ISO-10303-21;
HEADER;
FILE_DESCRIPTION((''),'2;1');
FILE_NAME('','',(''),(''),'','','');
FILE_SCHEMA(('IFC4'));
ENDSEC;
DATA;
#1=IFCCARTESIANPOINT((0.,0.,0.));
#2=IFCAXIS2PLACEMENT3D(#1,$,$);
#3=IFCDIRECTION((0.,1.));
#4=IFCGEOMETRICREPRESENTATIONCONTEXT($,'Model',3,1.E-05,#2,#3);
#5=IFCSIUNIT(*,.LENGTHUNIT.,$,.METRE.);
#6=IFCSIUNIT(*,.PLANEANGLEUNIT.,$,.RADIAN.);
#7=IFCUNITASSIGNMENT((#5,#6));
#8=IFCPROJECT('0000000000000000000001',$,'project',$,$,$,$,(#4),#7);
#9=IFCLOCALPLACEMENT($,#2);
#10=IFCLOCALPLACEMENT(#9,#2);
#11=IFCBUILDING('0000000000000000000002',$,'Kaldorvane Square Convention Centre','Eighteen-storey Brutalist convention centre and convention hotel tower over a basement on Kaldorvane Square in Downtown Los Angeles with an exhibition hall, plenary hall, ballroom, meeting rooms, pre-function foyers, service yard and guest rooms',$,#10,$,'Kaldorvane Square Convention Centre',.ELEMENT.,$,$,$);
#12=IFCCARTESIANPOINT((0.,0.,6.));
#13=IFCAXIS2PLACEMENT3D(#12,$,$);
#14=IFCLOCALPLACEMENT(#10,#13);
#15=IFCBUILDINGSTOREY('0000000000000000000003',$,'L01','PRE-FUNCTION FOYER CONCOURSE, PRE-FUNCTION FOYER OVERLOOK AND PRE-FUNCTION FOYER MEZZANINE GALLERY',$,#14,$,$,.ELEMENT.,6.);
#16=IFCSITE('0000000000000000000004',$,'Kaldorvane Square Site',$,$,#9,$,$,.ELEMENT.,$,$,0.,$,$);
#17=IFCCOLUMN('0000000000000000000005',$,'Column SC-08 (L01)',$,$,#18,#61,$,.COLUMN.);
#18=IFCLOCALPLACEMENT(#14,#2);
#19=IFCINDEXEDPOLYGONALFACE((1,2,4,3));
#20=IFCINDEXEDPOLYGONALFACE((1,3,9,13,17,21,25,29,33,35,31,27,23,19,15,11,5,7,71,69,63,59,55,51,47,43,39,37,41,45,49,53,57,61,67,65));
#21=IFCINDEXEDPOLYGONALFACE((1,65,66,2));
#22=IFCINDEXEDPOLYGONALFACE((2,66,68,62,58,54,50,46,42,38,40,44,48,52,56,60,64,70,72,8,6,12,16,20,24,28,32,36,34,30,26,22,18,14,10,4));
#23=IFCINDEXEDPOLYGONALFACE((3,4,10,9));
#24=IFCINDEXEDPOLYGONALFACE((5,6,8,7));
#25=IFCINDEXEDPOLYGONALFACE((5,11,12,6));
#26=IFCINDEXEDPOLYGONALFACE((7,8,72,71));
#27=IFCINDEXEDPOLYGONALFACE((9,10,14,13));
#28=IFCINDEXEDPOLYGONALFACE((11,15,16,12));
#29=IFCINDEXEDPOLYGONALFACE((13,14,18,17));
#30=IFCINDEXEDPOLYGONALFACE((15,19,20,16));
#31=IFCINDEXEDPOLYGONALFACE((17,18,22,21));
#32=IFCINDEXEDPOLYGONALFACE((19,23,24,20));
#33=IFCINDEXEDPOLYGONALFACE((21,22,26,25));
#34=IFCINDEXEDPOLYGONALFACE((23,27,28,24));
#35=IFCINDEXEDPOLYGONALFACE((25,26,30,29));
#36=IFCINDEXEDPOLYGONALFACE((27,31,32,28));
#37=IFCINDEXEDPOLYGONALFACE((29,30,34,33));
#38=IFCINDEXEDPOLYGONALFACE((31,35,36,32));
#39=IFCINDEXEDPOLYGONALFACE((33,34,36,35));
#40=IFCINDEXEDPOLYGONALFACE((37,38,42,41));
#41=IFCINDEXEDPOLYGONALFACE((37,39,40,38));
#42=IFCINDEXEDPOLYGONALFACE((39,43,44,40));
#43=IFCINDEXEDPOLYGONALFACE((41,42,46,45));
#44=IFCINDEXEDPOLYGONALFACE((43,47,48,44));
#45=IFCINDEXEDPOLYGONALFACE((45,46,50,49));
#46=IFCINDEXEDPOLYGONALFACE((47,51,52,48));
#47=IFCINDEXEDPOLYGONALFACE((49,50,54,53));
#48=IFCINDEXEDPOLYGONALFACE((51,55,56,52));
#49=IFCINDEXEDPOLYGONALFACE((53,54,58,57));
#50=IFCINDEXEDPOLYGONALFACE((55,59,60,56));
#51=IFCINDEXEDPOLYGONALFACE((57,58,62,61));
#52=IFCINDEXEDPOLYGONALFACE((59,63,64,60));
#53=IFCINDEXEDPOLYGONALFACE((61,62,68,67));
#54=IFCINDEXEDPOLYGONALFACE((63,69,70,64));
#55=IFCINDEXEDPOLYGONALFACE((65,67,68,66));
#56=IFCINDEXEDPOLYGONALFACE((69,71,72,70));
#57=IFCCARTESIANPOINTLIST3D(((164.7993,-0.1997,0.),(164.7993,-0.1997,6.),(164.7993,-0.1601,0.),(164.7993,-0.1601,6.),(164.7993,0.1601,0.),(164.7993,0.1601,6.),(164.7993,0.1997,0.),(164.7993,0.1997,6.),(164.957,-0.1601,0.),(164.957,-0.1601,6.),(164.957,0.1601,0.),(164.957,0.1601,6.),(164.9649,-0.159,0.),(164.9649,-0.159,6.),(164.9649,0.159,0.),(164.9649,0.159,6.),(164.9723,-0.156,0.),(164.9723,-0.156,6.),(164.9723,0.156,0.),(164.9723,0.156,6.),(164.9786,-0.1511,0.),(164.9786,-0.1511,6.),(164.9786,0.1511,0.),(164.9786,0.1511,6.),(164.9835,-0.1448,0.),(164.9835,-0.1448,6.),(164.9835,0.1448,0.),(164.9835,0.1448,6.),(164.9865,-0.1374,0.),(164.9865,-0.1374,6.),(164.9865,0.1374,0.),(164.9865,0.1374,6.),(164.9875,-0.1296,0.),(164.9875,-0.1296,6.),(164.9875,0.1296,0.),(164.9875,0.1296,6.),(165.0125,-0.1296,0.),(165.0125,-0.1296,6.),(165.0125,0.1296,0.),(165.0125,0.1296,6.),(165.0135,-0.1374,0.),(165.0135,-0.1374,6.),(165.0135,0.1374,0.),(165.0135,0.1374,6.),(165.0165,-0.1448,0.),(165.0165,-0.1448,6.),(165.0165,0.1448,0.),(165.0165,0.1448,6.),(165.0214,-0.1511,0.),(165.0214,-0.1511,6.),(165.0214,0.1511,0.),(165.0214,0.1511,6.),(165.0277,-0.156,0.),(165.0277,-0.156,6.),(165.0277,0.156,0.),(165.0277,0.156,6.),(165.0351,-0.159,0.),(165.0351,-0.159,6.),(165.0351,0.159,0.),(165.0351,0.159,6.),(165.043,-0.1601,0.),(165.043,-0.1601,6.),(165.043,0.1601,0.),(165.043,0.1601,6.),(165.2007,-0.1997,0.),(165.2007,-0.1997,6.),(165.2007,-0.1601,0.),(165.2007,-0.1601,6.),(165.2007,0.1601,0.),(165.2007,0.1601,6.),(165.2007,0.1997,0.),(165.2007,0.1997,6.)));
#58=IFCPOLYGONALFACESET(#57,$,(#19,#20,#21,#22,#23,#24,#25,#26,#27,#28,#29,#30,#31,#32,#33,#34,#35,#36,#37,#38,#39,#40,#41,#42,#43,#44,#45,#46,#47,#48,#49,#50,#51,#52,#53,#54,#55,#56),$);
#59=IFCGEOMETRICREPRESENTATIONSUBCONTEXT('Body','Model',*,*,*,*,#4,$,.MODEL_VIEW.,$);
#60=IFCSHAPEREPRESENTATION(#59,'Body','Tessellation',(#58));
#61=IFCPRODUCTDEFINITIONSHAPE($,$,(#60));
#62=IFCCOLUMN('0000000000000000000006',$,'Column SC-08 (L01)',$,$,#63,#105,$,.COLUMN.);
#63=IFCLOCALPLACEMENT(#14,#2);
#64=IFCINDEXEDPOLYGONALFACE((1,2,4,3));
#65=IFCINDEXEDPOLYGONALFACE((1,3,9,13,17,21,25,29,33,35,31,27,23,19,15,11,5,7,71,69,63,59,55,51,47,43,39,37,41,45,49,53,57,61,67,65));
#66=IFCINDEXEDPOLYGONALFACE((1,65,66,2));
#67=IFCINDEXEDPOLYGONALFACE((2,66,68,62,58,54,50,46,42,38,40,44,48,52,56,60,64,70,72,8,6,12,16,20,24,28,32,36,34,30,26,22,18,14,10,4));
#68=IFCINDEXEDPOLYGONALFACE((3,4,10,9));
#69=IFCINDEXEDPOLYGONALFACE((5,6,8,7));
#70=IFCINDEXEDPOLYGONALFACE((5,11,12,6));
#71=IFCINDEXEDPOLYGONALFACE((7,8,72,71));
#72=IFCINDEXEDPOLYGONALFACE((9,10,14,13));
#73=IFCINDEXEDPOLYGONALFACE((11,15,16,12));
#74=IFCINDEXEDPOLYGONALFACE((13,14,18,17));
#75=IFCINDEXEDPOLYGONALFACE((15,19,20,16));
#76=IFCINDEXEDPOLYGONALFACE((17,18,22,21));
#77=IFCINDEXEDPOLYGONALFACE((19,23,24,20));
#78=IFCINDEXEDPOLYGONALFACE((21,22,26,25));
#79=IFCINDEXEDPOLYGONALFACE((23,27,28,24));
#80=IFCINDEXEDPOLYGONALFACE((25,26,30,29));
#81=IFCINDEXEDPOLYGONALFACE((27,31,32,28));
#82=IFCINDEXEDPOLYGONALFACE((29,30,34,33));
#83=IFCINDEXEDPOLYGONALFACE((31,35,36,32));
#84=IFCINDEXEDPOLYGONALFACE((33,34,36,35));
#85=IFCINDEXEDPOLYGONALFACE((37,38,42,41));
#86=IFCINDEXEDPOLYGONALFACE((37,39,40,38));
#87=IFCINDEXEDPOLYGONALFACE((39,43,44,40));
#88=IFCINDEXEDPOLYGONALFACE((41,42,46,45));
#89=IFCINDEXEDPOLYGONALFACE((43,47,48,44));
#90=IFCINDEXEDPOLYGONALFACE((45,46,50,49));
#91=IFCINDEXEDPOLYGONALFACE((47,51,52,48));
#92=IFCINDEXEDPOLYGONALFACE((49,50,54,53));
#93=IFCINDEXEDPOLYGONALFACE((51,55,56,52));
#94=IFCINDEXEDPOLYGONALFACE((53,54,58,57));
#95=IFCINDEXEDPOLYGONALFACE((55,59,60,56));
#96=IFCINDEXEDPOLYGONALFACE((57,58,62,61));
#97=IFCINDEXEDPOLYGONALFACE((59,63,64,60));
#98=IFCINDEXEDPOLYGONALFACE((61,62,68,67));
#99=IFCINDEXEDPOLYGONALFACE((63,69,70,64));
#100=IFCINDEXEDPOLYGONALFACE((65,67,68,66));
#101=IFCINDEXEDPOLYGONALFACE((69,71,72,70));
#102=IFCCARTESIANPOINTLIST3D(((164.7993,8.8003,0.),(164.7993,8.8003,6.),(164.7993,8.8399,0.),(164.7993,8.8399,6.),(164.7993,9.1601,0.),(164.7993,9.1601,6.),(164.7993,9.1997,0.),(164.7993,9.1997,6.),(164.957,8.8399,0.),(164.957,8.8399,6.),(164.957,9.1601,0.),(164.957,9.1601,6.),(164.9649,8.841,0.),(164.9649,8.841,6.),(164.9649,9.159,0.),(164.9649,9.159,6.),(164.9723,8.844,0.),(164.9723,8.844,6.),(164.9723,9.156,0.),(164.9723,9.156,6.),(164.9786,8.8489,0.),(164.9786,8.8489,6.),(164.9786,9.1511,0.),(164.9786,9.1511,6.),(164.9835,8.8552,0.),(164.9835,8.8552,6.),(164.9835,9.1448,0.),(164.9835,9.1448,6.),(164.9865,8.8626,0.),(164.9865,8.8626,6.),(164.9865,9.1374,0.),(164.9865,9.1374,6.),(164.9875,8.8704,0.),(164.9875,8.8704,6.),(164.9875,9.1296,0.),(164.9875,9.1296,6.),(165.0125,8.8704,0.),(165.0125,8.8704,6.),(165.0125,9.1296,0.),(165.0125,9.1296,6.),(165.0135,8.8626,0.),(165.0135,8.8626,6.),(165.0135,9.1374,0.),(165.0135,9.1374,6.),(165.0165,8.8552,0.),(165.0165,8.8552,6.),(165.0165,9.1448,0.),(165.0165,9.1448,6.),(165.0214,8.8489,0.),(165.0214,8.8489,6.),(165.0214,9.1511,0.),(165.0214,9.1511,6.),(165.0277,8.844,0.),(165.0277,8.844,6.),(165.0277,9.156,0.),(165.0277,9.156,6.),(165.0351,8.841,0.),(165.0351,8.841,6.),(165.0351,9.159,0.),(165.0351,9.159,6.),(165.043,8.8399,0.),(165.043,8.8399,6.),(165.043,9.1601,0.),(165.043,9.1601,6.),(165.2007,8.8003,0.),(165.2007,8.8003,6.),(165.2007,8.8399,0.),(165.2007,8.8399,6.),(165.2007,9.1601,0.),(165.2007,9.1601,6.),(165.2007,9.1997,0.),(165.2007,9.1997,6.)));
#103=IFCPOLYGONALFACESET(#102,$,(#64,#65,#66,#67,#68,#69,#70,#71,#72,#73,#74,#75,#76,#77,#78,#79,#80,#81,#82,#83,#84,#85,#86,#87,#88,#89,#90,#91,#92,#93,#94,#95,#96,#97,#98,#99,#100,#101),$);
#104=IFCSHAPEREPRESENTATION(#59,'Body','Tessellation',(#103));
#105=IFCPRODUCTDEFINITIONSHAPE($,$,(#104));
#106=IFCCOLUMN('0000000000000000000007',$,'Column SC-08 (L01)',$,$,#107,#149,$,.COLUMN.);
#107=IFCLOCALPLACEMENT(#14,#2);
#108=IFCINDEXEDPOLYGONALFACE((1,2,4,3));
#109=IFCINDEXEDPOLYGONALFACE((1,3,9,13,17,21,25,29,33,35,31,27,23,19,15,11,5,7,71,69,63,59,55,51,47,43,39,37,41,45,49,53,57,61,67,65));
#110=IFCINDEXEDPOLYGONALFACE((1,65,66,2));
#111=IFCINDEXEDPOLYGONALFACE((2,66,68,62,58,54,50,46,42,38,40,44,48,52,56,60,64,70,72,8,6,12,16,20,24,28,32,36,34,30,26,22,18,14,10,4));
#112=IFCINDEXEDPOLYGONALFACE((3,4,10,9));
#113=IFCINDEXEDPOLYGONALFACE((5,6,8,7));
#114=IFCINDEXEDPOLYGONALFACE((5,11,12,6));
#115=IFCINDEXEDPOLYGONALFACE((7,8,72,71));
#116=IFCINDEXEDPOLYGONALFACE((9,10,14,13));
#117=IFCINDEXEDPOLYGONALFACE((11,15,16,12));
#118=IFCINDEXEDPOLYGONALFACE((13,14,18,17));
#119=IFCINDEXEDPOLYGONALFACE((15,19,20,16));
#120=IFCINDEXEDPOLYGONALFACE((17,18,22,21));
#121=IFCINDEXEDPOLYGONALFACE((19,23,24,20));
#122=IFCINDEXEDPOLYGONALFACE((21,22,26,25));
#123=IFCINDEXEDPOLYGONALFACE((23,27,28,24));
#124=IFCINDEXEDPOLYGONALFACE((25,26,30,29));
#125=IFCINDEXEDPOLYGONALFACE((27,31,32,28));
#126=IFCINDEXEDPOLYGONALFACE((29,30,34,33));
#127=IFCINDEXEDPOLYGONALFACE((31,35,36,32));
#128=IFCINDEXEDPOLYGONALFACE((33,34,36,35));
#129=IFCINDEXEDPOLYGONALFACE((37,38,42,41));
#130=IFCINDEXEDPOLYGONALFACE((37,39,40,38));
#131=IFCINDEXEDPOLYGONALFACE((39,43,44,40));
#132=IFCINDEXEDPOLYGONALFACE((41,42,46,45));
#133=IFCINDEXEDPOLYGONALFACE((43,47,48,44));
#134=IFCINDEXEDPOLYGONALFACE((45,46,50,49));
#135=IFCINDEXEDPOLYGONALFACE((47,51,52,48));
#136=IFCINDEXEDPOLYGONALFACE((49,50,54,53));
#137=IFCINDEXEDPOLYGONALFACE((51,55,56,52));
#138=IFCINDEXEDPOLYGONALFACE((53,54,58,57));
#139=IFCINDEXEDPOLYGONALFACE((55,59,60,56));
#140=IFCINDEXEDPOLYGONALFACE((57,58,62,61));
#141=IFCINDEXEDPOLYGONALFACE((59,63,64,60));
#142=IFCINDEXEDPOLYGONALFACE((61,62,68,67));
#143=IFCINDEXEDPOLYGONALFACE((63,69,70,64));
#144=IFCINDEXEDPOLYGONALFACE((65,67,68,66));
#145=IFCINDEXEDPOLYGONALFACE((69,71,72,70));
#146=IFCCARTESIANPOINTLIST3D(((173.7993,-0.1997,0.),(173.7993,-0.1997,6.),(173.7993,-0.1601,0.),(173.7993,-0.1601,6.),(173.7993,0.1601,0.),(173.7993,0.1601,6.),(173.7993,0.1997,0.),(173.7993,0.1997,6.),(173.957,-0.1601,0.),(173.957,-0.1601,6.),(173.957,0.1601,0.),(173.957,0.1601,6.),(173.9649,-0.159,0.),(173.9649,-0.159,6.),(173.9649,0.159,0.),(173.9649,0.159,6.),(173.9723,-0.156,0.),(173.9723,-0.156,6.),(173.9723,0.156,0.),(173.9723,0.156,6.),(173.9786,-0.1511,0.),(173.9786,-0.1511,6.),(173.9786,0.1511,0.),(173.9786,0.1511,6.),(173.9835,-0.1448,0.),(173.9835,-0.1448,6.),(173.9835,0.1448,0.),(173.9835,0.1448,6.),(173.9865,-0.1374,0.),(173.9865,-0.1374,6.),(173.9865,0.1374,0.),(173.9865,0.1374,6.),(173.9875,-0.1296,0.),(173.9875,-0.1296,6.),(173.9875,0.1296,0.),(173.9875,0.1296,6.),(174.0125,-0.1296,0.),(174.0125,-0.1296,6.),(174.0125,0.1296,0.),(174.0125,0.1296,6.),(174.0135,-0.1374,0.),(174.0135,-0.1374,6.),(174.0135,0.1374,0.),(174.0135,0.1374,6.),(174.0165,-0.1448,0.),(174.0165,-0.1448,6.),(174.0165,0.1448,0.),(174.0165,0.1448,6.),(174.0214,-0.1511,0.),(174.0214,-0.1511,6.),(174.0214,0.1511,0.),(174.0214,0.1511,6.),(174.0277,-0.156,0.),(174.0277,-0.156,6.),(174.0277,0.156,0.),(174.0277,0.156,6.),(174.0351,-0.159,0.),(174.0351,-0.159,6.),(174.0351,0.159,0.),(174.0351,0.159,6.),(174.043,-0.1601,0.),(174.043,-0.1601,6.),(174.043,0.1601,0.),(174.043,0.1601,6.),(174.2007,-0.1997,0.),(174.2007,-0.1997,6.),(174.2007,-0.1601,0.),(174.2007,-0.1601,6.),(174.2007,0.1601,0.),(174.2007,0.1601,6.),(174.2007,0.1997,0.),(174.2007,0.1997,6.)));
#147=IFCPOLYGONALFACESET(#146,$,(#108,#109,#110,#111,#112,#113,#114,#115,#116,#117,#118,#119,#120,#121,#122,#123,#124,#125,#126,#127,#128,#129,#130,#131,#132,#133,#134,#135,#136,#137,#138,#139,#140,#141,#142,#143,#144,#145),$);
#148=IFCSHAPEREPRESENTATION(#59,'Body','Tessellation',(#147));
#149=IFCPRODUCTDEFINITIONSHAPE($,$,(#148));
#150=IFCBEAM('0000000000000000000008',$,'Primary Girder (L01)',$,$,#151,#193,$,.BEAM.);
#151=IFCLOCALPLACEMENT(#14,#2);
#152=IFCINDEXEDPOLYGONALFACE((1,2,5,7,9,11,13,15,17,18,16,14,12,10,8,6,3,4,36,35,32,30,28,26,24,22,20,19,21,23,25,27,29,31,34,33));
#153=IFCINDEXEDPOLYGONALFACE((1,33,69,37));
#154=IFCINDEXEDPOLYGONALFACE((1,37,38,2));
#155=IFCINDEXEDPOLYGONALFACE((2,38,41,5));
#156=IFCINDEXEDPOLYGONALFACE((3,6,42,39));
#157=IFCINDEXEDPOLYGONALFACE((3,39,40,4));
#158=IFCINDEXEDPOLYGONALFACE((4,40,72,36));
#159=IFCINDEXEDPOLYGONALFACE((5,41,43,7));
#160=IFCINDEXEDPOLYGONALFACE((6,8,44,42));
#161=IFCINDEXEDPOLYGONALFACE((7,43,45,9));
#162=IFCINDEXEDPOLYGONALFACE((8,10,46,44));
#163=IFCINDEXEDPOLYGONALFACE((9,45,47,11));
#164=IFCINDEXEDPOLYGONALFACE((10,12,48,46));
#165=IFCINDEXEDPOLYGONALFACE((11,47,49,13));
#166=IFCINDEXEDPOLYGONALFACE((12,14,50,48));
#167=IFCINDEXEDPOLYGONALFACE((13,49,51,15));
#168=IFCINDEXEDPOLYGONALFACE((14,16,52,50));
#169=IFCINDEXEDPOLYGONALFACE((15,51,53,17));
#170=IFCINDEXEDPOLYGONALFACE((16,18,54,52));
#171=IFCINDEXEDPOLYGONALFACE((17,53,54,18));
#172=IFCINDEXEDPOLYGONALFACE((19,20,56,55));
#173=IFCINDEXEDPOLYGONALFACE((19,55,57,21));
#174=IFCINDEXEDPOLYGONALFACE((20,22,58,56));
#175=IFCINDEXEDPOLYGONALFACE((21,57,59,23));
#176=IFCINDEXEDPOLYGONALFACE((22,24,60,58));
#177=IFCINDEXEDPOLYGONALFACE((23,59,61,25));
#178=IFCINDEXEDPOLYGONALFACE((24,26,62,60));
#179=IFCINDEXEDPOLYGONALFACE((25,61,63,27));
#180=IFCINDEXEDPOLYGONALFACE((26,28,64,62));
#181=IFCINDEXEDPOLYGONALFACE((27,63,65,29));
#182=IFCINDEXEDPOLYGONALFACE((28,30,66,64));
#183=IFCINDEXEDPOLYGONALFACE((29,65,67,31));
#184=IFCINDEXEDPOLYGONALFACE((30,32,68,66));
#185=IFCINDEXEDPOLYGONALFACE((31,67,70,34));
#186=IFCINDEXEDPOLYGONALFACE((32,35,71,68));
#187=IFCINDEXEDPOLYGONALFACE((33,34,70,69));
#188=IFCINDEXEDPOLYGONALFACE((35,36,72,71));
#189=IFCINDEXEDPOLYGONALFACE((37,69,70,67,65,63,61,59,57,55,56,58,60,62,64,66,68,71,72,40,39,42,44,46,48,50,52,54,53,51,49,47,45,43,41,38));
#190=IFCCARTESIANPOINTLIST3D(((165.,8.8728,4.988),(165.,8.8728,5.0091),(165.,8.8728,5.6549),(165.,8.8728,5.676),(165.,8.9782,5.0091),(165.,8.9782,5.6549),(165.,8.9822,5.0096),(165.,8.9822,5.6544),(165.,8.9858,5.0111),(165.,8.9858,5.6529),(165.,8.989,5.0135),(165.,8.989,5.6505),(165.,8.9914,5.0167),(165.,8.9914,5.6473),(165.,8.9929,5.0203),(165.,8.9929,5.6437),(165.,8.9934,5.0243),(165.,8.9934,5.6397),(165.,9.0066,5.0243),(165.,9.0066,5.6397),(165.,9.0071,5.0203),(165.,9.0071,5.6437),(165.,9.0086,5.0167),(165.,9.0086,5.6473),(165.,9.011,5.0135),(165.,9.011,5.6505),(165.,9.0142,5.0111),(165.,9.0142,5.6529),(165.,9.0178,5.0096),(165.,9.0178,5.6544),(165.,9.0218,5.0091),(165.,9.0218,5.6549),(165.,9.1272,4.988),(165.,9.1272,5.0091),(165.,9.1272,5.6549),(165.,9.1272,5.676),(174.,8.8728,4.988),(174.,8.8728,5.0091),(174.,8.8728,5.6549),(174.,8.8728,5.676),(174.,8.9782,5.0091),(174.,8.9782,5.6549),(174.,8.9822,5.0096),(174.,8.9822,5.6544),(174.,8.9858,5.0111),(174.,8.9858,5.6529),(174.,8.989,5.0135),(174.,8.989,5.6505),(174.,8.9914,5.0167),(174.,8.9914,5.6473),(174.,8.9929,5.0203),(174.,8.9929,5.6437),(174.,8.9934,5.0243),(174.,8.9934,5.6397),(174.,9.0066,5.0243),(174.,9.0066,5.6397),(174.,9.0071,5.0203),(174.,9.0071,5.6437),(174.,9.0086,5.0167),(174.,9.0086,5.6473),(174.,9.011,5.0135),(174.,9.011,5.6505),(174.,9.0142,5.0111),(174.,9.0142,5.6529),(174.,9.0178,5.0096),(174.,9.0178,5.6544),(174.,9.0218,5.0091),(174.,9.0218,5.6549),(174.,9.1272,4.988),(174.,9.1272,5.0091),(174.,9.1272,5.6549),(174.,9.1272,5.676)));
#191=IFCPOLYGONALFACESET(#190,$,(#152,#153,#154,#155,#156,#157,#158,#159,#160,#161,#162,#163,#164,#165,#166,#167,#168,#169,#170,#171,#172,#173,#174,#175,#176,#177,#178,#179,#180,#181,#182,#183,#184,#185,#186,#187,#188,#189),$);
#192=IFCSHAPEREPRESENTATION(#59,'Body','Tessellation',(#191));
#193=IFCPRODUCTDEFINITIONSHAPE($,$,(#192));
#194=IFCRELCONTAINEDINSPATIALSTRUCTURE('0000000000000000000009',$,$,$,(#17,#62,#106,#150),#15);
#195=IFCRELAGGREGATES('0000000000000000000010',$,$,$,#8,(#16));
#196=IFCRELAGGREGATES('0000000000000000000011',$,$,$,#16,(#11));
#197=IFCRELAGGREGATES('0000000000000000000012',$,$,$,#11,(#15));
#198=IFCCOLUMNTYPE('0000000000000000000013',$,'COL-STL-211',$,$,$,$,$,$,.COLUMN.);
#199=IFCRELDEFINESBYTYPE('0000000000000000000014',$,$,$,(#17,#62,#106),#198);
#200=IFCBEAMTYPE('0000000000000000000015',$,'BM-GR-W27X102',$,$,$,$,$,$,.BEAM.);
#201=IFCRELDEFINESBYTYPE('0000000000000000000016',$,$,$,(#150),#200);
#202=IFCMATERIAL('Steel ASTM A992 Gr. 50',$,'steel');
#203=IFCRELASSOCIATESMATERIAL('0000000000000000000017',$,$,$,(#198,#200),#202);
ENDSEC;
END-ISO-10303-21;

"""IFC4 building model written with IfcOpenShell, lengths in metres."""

from ifc_helpers import new_model, si_unit, direction, frame, origin, origin_2d, place, context, subcontext, project, spatial, i_section, extrude, material, material_profile, profile_set, type_object, element, save


model = new_model("IFC4")

# Units and contexts
model_context = context("Model", 3, precision=1e-05, world=origin(), true_north=direction((0.0, 1.0)))
body_context = subcontext(model_context, "Body", "Model", "MODEL_VIEW")
ifc_project = project(units=[si_unit("LENGTHUNIT", "METRE"), si_unit("PLANEANGLEUNIT", "RADIAN")], contexts=[model_context])

# Site, building, storey
site_placement = place(None, origin())
site = spatial("IfcSite", under=ifc_project, at=site_placement, Name="Kaldorvane Square Site", CompositionType="ELEMENT", RefElevation=0.0)
building_placement = place(site_placement, origin())
building = spatial("IfcBuilding", under=site, at=building_placement, Name="Kaldorvane Square Convention Centre", Description="Eighteen-storey Brutalist convention centre and convention hotel tower over a basement on Kaldorvane Square in Downtown Los Angeles with an exhibition hall, plenary hall, ballroom, meeting rooms, pre-function foyers, service yard and guest rooms", LongName="Kaldorvane Square Convention Centre", CompositionType="ELEMENT")
storey_placement = place(building_placement, frame((0.0, 0.0, 6.0)))
storey = spatial("IfcBuildingStorey", under=building, at=storey_placement, Name="L01", Description="PRE-FUNCTION FOYER CONCOURSE, PRE-FUNCTION FOYER OVERLOOK AND PRE-FUNCTION FOYER MEZZANINE GALLERY", CompositionType="ELEMENT", Elevation=6.0)

# Columns
ifc_material_1 = material(Name="Steel ASTM A992 Gr. 50", Category="steel")
ifc_material_profile_1 = material_profile(ifc_material_1, i_section(OverallWidth=0.4013, OverallDepth=0.3993, WebThickness=0.0249, FlangeThickness=0.0396, FilletRadius=0.0305, at=origin_2d()), Name="W14X211")
ifc_profile_set_1 = profile_set([ifc_material_profile_1], Name="Steel ASTM A992 Gr. 50")
column_type = type_object("IfcColumnType", Name="COL-STL-211", PredefinedType="COLUMN", material=ifc_profile_set_1)
for number, where, z_axis, x_axis, name in (
    (1, (165.0, 0.0, 0.0), (0.0, 0.0, 1.0), (1.0, 0.0, 0.0), "Column SC-08 (L01)"),
    (2, (165.0, 9.0, 0.0), (0.0, 0.0, 1.0), (1.0, 0.0, 0.0), "Column SC-08 (L01)"),
    (3, (174.0, 0.0, 0.0), (0.0, 0.0, 1.0), (1.0, 0.0, 0.0), "Column SC-08 (L01)"),
):
    element("IfcColumn", number, at=place(storey_placement, frame(where, z_axis=z_axis, x_axis=x_axis)), inside=storey, type_object=column_type, Name=name, PredefinedType="COLUMN", context=body_context, shape_type="SweptSolid", body=[
        extrude(i_section(OverallWidth=0.4013, OverallDepth=0.3993, WebThickness=0.0249, FlangeThickness=0.0396, FilletRadius=0.0305, at=origin_2d()), origin(), (0.0, 0.0, 1.0), 6.0),
    ])

# Beam
ifc_material_profile_2 = material_profile(ifc_material_1, i_section(OverallWidth=0.2544, OverallDepth=0.6881, WebThickness=0.0131, FlangeThickness=0.0211, FilletRadius=0.0152, at=origin_2d()), Name="W27X102")
ifc_profile_set_2 = profile_set([ifc_material_profile_2], Name="Steel ASTM A992 Gr. 50")
beam_type_1 = type_object("IfcBeamType", Name="BM-GR-W27X102", PredefinedType="BEAM", material=ifc_profile_set_2)
beam_1_placement = place(storey_placement, frame((165.0, 9.0, 5.332), z_axis=(1.0, 0.0, 0.0), x_axis=(0.0, 1.0, 0.0)))
element("IfcBeam", 4, at=beam_1_placement, inside=storey, type_object=beam_type_1, Name="Primary Girder (L01)", PredefinedType="BEAM", context=body_context, shape_type="SweptSolid", body=[
    extrude(i_section(OverallWidth=0.2544, OverallDepth=0.6881, WebThickness=0.0131, FlangeThickness=0.0211, FilletRadius=0.0152, at=origin_2d()), origin(), (0.0, 0.0, 1.0), 9.0),
])

save(model, "model.ifc")
